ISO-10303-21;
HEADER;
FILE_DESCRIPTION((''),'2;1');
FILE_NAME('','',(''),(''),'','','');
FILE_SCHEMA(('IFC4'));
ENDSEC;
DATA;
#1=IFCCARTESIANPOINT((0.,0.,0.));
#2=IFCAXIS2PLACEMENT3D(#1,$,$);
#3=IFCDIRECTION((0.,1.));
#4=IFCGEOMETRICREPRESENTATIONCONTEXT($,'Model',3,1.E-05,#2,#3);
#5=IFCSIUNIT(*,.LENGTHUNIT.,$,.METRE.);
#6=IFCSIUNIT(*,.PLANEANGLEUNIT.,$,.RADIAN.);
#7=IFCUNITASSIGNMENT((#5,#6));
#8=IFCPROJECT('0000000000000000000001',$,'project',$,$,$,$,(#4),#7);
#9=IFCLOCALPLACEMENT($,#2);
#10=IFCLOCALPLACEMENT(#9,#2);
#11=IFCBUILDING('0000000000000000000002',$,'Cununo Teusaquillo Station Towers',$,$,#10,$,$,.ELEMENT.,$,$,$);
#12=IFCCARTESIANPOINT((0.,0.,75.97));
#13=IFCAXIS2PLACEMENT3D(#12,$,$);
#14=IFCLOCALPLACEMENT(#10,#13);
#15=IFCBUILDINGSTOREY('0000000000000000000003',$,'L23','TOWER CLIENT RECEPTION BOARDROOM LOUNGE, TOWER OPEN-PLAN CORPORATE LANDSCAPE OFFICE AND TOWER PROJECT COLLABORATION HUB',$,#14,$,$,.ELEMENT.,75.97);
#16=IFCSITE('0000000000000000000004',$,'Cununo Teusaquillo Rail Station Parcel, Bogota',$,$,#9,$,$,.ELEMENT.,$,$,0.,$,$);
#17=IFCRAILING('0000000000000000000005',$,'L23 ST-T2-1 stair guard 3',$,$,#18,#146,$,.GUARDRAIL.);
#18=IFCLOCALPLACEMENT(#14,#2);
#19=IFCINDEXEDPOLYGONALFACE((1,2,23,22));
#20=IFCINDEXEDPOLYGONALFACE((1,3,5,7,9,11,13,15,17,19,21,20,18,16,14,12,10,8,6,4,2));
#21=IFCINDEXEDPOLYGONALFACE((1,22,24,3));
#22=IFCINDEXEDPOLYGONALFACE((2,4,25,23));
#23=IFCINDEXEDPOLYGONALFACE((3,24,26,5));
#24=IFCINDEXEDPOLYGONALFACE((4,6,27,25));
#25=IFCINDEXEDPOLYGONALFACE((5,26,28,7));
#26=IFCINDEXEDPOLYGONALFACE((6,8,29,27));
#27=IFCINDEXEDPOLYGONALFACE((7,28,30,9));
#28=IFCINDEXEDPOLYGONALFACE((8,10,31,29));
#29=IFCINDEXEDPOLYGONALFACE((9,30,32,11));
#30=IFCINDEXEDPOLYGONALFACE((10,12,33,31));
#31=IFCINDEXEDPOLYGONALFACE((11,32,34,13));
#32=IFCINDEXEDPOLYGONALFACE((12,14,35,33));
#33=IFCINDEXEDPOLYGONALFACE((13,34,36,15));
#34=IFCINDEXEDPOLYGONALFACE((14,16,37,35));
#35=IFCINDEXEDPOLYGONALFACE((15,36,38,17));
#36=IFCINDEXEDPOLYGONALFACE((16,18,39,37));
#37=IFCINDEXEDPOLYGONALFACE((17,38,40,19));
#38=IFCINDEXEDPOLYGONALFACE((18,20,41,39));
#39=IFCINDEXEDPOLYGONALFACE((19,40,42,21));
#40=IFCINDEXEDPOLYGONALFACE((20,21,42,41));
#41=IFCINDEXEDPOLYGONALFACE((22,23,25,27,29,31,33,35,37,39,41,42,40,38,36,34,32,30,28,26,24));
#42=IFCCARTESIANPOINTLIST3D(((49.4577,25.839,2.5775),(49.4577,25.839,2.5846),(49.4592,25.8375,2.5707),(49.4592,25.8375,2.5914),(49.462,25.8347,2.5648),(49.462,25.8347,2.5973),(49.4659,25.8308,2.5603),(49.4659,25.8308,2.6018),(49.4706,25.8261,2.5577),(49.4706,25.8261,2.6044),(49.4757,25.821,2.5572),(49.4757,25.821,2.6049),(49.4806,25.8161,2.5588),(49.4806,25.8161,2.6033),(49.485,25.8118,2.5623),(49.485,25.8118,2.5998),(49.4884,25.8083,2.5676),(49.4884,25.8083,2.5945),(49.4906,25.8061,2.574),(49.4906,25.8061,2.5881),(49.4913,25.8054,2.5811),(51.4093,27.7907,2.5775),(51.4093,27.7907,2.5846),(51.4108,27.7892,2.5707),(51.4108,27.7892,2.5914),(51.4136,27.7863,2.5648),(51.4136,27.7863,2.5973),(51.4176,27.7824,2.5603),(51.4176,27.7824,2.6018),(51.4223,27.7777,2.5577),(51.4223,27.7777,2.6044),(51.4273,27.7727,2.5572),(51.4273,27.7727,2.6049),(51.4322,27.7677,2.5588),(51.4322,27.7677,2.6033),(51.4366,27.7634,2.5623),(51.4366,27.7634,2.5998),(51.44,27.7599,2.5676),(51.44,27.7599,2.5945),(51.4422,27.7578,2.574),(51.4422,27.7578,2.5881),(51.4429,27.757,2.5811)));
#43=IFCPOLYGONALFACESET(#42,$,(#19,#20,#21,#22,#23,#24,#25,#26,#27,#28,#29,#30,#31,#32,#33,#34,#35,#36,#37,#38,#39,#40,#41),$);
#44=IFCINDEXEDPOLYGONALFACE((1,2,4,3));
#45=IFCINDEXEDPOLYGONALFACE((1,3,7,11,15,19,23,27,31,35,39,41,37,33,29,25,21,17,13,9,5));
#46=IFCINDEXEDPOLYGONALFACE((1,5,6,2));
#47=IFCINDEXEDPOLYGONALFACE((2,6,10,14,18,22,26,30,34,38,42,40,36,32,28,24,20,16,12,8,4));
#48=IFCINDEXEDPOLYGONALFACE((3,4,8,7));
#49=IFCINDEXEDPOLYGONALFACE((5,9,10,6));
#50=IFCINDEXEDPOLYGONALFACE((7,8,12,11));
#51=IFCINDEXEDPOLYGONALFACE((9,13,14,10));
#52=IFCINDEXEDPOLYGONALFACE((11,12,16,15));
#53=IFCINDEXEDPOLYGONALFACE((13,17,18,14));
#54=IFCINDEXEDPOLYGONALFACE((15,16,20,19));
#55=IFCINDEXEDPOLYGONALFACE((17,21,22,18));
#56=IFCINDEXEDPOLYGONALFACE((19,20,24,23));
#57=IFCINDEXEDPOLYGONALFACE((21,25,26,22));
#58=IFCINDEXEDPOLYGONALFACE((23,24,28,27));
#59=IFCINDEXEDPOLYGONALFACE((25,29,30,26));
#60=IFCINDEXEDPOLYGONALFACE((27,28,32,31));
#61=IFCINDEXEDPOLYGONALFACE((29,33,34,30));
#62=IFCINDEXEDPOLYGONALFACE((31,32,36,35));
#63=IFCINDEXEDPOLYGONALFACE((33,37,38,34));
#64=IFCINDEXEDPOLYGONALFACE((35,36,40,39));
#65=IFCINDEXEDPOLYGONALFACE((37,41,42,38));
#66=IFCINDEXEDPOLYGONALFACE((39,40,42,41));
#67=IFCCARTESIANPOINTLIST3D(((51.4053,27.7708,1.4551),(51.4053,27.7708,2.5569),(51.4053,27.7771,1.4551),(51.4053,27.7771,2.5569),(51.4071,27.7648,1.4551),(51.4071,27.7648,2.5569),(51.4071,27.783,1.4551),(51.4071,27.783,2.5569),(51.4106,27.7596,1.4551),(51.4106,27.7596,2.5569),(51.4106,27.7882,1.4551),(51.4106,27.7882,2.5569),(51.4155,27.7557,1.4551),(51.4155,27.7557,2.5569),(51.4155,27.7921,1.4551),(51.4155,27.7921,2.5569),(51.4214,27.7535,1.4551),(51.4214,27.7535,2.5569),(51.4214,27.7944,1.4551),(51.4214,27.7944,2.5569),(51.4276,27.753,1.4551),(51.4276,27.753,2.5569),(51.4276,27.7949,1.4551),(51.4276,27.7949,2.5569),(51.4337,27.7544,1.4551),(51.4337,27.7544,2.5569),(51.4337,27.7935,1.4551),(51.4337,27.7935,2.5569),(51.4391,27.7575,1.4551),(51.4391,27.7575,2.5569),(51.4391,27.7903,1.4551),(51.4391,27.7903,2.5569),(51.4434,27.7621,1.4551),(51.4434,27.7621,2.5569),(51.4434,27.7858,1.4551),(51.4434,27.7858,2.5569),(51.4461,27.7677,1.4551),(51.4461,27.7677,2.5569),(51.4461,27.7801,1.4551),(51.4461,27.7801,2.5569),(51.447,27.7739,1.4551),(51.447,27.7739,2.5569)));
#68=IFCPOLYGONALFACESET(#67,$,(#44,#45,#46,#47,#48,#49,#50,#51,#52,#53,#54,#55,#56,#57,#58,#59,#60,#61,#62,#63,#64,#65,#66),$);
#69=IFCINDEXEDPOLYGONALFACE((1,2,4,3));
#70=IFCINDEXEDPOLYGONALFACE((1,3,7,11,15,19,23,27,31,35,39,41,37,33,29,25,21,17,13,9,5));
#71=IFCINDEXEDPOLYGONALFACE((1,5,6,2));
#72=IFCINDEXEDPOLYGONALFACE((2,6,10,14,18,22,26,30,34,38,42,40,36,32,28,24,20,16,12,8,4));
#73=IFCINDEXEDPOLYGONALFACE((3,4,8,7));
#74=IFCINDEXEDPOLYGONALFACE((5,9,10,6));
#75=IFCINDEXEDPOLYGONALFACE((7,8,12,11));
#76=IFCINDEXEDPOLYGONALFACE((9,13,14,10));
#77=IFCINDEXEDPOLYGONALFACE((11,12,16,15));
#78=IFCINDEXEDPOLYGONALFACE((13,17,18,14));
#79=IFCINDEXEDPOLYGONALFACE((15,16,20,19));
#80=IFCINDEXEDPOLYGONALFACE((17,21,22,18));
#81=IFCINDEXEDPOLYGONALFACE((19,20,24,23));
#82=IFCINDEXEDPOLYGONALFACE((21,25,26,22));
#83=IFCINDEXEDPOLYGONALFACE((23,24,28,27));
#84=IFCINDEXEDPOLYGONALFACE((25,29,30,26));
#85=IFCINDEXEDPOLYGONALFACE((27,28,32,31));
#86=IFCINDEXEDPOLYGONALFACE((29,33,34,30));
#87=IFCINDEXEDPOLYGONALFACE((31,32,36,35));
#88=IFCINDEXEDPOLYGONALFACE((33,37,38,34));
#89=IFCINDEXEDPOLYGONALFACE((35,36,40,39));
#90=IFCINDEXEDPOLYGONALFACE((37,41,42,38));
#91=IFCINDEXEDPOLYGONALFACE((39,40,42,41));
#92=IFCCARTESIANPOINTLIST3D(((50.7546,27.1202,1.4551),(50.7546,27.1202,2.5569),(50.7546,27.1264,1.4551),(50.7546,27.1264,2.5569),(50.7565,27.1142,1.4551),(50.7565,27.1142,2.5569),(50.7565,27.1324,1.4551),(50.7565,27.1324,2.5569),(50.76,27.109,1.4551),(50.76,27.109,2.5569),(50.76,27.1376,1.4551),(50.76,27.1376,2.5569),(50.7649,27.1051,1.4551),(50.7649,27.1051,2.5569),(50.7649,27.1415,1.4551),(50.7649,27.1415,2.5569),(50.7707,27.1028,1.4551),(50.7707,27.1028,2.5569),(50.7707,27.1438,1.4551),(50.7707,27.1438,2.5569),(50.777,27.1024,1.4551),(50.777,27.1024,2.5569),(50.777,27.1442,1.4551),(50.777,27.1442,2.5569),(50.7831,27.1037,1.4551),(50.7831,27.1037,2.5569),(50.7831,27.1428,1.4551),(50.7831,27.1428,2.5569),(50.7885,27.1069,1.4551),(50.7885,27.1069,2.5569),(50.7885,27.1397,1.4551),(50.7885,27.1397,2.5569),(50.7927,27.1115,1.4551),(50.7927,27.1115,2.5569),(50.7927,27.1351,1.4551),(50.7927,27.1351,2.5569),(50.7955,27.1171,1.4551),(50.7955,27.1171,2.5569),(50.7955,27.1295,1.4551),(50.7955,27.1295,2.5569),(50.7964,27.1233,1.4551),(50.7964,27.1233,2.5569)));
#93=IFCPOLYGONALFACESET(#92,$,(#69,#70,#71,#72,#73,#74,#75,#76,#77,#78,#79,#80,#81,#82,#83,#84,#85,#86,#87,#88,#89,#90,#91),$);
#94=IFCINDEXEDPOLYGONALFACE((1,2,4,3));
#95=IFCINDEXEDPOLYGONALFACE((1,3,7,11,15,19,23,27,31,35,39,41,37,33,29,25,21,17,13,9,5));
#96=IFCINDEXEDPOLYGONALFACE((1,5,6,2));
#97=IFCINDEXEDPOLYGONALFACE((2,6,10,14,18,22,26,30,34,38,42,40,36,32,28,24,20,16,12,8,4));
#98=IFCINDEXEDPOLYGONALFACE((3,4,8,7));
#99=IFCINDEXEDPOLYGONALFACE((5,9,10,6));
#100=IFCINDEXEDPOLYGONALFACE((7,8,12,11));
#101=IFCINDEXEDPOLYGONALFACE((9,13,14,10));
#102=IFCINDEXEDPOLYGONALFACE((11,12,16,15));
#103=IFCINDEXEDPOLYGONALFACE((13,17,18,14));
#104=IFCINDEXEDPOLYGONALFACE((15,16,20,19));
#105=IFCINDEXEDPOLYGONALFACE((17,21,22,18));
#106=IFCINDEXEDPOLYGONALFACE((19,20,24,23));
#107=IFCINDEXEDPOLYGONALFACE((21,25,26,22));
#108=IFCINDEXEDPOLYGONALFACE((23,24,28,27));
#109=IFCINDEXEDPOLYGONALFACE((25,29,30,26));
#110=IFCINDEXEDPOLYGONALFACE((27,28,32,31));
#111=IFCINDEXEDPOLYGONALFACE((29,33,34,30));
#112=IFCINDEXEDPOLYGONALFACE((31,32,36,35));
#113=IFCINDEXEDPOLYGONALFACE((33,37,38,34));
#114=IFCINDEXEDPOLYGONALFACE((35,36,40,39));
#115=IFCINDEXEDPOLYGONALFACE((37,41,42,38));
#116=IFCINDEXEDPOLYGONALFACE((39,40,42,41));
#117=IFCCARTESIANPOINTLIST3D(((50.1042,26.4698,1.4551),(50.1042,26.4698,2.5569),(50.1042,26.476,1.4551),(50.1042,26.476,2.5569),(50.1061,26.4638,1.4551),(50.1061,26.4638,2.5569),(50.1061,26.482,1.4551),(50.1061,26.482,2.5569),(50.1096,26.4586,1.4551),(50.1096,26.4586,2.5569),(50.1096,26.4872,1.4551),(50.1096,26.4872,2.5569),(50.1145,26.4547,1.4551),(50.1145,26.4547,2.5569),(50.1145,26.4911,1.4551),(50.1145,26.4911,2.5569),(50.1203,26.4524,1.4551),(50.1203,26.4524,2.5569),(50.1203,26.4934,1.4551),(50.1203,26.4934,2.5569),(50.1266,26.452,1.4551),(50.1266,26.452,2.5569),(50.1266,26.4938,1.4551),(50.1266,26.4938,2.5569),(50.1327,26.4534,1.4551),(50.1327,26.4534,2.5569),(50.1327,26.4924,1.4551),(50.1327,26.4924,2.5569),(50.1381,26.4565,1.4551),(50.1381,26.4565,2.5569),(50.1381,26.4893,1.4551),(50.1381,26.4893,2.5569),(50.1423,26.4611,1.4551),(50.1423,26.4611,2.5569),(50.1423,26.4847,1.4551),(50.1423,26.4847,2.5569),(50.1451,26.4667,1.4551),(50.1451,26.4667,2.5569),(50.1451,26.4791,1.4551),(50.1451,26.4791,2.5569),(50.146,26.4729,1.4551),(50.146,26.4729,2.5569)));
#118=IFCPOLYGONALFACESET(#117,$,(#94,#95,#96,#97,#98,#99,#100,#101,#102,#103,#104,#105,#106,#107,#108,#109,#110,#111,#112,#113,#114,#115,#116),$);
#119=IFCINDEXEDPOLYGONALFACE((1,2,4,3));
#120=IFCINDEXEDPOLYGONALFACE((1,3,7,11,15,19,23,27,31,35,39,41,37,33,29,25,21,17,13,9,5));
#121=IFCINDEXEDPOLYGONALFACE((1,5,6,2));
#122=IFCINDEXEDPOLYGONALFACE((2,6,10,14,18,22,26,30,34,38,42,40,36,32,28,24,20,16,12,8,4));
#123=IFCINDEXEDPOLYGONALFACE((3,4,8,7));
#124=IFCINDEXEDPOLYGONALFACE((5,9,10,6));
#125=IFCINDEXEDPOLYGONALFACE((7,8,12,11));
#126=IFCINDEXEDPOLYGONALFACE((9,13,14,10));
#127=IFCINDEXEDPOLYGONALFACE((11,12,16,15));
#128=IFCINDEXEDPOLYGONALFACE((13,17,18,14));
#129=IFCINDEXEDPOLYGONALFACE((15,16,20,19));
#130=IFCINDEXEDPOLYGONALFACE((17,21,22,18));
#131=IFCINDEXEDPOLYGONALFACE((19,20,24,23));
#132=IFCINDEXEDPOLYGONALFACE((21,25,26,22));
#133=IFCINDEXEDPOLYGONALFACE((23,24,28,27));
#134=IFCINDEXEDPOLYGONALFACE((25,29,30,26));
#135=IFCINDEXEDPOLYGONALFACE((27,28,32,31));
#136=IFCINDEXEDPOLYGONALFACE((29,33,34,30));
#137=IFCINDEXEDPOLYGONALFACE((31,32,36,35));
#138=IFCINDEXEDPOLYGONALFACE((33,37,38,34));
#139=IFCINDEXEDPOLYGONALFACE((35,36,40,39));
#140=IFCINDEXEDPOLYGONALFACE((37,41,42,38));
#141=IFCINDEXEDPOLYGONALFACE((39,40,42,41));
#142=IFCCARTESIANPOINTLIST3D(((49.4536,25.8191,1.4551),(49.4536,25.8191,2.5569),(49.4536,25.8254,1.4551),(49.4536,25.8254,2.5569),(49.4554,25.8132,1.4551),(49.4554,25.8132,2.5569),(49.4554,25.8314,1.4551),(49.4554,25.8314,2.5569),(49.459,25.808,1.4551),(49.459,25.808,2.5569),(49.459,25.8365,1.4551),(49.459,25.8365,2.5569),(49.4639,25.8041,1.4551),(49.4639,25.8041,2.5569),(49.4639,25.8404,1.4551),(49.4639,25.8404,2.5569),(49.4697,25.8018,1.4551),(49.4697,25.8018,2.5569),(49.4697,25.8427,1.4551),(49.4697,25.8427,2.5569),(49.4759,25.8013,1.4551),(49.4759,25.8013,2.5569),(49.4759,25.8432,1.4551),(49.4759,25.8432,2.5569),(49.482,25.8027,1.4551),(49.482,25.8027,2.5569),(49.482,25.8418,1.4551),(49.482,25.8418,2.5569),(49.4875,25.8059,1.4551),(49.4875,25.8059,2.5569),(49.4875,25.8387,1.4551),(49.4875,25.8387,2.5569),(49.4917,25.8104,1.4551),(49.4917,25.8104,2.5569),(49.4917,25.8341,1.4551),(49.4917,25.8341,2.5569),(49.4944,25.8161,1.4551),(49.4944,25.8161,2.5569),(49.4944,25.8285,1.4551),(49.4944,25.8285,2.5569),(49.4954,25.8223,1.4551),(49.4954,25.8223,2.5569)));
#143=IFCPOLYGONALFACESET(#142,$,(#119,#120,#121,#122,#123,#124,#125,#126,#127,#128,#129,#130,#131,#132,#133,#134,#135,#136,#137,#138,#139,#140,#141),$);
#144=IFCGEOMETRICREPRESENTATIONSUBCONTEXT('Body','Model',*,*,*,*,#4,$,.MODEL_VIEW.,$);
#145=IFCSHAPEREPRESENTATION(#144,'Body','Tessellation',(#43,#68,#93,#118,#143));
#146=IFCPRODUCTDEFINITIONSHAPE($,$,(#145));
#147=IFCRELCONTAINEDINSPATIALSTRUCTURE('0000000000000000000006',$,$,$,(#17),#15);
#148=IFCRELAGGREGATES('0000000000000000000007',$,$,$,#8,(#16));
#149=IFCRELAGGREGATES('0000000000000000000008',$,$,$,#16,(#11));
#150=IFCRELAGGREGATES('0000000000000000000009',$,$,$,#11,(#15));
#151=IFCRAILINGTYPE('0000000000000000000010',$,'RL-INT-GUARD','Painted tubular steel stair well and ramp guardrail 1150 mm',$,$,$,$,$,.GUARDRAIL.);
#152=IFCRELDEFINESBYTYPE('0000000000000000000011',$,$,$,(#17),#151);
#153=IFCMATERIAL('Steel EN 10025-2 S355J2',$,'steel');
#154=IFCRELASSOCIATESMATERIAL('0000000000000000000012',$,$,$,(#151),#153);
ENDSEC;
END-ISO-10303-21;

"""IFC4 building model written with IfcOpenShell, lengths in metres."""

from ifc_helpers import new_model, si_unit, direction, frame, origin, origin_2d, place, context, subcontext, project, spatial, circle, extrude, material, type_object, element, save


model = new_model("IFC4")

# Units and contexts
model_context = context("Model", 3, precision=1e-05, world=origin(), true_north=direction((0.0, 1.0)))
body_context = subcontext(model_context, "Body", "Model", "MODEL_VIEW")
ifc_project = project(units=[si_unit("LENGTHUNIT", "METRE"), si_unit("PLANEANGLEUNIT", "RADIAN")], contexts=[model_context])

# Site, building, storey
site_placement = place(None, origin())
site = spatial("IfcSite", under=ifc_project, at=site_placement, Name="Cununo Teusaquillo Rail Station Parcel, Bogota", CompositionType="ELEMENT", RefElevation=0.0)
building_placement = place(site_placement, origin())
building = spatial("IfcBuilding", under=site, at=building_placement, Name="Cununo Teusaquillo Station Towers", CompositionType="ELEMENT")
storey_placement = place(building_placement, frame((0.0, 0.0, 75.97)))
storey = spatial("IfcBuildingStorey", under=building, at=storey_placement, Name="L23", Description="TOWER CLIENT RECEPTION BOARDROOM LOUNGE, TOWER OPEN-PLAN CORPORATE LANDSCAPE OFFICE AND TOWER PROJECT COLLABORATION HUB", CompositionType="ELEMENT", Elevation=75.97)

# Railing
ifc_material_1 = material(Name="Steel EN 10025-2 S355J2", Category="steel")
railing_type_1 = type_object("IfcRailingType", Name="RL-INT-GUARD", Description="Painted tubular steel stair well and ramp guardrail 1150 mm", PredefinedType="GUARDRAIL", material=ifc_material_1)
railing_1_placement = place(storey_placement, frame((51.426, 27.7739, 1.4551)))
element("IfcRailing", 1, at=railing_1_placement, inside=storey, type_object=railing_type_1, Name="L23 ST-T2-1 stair guard 3", PredefinedType="GUARDRAIL", context=body_context, shape_type="SweptSolid", body=[
    extrude(circle(Radius=0.0239, at=origin_2d()), frame((0.0, 0.0, 1.126), z_axis=(-0.707107, -0.707107, 0.0), x_axis=(0.707107, -0.707107, 0.0)), (0.0, 0.0, 1.0), 2.76),
    extrude(circle(Radius=0.021, at=origin_2d()), origin(), (0.0, 0.0, 1.0), 1.1018),
    extrude(circle(Radius=0.021, at=origin_2d()), frame((-0.6506, -0.6506, 0.0)), (0.0, 0.0, 1.0), 1.1018),
    extrude(circle(Radius=0.021, at=origin_2d()), frame((-1.301, -1.301, 0.0)), (0.0, 0.0, 1.0), 1.1018),
    extrude(circle(Radius=0.021, at=origin_2d()), frame((-1.9517, -1.9517, 0.0)), (0.0, 0.0, 1.0), 1.1018),
])

save(model, "model.ifc")
